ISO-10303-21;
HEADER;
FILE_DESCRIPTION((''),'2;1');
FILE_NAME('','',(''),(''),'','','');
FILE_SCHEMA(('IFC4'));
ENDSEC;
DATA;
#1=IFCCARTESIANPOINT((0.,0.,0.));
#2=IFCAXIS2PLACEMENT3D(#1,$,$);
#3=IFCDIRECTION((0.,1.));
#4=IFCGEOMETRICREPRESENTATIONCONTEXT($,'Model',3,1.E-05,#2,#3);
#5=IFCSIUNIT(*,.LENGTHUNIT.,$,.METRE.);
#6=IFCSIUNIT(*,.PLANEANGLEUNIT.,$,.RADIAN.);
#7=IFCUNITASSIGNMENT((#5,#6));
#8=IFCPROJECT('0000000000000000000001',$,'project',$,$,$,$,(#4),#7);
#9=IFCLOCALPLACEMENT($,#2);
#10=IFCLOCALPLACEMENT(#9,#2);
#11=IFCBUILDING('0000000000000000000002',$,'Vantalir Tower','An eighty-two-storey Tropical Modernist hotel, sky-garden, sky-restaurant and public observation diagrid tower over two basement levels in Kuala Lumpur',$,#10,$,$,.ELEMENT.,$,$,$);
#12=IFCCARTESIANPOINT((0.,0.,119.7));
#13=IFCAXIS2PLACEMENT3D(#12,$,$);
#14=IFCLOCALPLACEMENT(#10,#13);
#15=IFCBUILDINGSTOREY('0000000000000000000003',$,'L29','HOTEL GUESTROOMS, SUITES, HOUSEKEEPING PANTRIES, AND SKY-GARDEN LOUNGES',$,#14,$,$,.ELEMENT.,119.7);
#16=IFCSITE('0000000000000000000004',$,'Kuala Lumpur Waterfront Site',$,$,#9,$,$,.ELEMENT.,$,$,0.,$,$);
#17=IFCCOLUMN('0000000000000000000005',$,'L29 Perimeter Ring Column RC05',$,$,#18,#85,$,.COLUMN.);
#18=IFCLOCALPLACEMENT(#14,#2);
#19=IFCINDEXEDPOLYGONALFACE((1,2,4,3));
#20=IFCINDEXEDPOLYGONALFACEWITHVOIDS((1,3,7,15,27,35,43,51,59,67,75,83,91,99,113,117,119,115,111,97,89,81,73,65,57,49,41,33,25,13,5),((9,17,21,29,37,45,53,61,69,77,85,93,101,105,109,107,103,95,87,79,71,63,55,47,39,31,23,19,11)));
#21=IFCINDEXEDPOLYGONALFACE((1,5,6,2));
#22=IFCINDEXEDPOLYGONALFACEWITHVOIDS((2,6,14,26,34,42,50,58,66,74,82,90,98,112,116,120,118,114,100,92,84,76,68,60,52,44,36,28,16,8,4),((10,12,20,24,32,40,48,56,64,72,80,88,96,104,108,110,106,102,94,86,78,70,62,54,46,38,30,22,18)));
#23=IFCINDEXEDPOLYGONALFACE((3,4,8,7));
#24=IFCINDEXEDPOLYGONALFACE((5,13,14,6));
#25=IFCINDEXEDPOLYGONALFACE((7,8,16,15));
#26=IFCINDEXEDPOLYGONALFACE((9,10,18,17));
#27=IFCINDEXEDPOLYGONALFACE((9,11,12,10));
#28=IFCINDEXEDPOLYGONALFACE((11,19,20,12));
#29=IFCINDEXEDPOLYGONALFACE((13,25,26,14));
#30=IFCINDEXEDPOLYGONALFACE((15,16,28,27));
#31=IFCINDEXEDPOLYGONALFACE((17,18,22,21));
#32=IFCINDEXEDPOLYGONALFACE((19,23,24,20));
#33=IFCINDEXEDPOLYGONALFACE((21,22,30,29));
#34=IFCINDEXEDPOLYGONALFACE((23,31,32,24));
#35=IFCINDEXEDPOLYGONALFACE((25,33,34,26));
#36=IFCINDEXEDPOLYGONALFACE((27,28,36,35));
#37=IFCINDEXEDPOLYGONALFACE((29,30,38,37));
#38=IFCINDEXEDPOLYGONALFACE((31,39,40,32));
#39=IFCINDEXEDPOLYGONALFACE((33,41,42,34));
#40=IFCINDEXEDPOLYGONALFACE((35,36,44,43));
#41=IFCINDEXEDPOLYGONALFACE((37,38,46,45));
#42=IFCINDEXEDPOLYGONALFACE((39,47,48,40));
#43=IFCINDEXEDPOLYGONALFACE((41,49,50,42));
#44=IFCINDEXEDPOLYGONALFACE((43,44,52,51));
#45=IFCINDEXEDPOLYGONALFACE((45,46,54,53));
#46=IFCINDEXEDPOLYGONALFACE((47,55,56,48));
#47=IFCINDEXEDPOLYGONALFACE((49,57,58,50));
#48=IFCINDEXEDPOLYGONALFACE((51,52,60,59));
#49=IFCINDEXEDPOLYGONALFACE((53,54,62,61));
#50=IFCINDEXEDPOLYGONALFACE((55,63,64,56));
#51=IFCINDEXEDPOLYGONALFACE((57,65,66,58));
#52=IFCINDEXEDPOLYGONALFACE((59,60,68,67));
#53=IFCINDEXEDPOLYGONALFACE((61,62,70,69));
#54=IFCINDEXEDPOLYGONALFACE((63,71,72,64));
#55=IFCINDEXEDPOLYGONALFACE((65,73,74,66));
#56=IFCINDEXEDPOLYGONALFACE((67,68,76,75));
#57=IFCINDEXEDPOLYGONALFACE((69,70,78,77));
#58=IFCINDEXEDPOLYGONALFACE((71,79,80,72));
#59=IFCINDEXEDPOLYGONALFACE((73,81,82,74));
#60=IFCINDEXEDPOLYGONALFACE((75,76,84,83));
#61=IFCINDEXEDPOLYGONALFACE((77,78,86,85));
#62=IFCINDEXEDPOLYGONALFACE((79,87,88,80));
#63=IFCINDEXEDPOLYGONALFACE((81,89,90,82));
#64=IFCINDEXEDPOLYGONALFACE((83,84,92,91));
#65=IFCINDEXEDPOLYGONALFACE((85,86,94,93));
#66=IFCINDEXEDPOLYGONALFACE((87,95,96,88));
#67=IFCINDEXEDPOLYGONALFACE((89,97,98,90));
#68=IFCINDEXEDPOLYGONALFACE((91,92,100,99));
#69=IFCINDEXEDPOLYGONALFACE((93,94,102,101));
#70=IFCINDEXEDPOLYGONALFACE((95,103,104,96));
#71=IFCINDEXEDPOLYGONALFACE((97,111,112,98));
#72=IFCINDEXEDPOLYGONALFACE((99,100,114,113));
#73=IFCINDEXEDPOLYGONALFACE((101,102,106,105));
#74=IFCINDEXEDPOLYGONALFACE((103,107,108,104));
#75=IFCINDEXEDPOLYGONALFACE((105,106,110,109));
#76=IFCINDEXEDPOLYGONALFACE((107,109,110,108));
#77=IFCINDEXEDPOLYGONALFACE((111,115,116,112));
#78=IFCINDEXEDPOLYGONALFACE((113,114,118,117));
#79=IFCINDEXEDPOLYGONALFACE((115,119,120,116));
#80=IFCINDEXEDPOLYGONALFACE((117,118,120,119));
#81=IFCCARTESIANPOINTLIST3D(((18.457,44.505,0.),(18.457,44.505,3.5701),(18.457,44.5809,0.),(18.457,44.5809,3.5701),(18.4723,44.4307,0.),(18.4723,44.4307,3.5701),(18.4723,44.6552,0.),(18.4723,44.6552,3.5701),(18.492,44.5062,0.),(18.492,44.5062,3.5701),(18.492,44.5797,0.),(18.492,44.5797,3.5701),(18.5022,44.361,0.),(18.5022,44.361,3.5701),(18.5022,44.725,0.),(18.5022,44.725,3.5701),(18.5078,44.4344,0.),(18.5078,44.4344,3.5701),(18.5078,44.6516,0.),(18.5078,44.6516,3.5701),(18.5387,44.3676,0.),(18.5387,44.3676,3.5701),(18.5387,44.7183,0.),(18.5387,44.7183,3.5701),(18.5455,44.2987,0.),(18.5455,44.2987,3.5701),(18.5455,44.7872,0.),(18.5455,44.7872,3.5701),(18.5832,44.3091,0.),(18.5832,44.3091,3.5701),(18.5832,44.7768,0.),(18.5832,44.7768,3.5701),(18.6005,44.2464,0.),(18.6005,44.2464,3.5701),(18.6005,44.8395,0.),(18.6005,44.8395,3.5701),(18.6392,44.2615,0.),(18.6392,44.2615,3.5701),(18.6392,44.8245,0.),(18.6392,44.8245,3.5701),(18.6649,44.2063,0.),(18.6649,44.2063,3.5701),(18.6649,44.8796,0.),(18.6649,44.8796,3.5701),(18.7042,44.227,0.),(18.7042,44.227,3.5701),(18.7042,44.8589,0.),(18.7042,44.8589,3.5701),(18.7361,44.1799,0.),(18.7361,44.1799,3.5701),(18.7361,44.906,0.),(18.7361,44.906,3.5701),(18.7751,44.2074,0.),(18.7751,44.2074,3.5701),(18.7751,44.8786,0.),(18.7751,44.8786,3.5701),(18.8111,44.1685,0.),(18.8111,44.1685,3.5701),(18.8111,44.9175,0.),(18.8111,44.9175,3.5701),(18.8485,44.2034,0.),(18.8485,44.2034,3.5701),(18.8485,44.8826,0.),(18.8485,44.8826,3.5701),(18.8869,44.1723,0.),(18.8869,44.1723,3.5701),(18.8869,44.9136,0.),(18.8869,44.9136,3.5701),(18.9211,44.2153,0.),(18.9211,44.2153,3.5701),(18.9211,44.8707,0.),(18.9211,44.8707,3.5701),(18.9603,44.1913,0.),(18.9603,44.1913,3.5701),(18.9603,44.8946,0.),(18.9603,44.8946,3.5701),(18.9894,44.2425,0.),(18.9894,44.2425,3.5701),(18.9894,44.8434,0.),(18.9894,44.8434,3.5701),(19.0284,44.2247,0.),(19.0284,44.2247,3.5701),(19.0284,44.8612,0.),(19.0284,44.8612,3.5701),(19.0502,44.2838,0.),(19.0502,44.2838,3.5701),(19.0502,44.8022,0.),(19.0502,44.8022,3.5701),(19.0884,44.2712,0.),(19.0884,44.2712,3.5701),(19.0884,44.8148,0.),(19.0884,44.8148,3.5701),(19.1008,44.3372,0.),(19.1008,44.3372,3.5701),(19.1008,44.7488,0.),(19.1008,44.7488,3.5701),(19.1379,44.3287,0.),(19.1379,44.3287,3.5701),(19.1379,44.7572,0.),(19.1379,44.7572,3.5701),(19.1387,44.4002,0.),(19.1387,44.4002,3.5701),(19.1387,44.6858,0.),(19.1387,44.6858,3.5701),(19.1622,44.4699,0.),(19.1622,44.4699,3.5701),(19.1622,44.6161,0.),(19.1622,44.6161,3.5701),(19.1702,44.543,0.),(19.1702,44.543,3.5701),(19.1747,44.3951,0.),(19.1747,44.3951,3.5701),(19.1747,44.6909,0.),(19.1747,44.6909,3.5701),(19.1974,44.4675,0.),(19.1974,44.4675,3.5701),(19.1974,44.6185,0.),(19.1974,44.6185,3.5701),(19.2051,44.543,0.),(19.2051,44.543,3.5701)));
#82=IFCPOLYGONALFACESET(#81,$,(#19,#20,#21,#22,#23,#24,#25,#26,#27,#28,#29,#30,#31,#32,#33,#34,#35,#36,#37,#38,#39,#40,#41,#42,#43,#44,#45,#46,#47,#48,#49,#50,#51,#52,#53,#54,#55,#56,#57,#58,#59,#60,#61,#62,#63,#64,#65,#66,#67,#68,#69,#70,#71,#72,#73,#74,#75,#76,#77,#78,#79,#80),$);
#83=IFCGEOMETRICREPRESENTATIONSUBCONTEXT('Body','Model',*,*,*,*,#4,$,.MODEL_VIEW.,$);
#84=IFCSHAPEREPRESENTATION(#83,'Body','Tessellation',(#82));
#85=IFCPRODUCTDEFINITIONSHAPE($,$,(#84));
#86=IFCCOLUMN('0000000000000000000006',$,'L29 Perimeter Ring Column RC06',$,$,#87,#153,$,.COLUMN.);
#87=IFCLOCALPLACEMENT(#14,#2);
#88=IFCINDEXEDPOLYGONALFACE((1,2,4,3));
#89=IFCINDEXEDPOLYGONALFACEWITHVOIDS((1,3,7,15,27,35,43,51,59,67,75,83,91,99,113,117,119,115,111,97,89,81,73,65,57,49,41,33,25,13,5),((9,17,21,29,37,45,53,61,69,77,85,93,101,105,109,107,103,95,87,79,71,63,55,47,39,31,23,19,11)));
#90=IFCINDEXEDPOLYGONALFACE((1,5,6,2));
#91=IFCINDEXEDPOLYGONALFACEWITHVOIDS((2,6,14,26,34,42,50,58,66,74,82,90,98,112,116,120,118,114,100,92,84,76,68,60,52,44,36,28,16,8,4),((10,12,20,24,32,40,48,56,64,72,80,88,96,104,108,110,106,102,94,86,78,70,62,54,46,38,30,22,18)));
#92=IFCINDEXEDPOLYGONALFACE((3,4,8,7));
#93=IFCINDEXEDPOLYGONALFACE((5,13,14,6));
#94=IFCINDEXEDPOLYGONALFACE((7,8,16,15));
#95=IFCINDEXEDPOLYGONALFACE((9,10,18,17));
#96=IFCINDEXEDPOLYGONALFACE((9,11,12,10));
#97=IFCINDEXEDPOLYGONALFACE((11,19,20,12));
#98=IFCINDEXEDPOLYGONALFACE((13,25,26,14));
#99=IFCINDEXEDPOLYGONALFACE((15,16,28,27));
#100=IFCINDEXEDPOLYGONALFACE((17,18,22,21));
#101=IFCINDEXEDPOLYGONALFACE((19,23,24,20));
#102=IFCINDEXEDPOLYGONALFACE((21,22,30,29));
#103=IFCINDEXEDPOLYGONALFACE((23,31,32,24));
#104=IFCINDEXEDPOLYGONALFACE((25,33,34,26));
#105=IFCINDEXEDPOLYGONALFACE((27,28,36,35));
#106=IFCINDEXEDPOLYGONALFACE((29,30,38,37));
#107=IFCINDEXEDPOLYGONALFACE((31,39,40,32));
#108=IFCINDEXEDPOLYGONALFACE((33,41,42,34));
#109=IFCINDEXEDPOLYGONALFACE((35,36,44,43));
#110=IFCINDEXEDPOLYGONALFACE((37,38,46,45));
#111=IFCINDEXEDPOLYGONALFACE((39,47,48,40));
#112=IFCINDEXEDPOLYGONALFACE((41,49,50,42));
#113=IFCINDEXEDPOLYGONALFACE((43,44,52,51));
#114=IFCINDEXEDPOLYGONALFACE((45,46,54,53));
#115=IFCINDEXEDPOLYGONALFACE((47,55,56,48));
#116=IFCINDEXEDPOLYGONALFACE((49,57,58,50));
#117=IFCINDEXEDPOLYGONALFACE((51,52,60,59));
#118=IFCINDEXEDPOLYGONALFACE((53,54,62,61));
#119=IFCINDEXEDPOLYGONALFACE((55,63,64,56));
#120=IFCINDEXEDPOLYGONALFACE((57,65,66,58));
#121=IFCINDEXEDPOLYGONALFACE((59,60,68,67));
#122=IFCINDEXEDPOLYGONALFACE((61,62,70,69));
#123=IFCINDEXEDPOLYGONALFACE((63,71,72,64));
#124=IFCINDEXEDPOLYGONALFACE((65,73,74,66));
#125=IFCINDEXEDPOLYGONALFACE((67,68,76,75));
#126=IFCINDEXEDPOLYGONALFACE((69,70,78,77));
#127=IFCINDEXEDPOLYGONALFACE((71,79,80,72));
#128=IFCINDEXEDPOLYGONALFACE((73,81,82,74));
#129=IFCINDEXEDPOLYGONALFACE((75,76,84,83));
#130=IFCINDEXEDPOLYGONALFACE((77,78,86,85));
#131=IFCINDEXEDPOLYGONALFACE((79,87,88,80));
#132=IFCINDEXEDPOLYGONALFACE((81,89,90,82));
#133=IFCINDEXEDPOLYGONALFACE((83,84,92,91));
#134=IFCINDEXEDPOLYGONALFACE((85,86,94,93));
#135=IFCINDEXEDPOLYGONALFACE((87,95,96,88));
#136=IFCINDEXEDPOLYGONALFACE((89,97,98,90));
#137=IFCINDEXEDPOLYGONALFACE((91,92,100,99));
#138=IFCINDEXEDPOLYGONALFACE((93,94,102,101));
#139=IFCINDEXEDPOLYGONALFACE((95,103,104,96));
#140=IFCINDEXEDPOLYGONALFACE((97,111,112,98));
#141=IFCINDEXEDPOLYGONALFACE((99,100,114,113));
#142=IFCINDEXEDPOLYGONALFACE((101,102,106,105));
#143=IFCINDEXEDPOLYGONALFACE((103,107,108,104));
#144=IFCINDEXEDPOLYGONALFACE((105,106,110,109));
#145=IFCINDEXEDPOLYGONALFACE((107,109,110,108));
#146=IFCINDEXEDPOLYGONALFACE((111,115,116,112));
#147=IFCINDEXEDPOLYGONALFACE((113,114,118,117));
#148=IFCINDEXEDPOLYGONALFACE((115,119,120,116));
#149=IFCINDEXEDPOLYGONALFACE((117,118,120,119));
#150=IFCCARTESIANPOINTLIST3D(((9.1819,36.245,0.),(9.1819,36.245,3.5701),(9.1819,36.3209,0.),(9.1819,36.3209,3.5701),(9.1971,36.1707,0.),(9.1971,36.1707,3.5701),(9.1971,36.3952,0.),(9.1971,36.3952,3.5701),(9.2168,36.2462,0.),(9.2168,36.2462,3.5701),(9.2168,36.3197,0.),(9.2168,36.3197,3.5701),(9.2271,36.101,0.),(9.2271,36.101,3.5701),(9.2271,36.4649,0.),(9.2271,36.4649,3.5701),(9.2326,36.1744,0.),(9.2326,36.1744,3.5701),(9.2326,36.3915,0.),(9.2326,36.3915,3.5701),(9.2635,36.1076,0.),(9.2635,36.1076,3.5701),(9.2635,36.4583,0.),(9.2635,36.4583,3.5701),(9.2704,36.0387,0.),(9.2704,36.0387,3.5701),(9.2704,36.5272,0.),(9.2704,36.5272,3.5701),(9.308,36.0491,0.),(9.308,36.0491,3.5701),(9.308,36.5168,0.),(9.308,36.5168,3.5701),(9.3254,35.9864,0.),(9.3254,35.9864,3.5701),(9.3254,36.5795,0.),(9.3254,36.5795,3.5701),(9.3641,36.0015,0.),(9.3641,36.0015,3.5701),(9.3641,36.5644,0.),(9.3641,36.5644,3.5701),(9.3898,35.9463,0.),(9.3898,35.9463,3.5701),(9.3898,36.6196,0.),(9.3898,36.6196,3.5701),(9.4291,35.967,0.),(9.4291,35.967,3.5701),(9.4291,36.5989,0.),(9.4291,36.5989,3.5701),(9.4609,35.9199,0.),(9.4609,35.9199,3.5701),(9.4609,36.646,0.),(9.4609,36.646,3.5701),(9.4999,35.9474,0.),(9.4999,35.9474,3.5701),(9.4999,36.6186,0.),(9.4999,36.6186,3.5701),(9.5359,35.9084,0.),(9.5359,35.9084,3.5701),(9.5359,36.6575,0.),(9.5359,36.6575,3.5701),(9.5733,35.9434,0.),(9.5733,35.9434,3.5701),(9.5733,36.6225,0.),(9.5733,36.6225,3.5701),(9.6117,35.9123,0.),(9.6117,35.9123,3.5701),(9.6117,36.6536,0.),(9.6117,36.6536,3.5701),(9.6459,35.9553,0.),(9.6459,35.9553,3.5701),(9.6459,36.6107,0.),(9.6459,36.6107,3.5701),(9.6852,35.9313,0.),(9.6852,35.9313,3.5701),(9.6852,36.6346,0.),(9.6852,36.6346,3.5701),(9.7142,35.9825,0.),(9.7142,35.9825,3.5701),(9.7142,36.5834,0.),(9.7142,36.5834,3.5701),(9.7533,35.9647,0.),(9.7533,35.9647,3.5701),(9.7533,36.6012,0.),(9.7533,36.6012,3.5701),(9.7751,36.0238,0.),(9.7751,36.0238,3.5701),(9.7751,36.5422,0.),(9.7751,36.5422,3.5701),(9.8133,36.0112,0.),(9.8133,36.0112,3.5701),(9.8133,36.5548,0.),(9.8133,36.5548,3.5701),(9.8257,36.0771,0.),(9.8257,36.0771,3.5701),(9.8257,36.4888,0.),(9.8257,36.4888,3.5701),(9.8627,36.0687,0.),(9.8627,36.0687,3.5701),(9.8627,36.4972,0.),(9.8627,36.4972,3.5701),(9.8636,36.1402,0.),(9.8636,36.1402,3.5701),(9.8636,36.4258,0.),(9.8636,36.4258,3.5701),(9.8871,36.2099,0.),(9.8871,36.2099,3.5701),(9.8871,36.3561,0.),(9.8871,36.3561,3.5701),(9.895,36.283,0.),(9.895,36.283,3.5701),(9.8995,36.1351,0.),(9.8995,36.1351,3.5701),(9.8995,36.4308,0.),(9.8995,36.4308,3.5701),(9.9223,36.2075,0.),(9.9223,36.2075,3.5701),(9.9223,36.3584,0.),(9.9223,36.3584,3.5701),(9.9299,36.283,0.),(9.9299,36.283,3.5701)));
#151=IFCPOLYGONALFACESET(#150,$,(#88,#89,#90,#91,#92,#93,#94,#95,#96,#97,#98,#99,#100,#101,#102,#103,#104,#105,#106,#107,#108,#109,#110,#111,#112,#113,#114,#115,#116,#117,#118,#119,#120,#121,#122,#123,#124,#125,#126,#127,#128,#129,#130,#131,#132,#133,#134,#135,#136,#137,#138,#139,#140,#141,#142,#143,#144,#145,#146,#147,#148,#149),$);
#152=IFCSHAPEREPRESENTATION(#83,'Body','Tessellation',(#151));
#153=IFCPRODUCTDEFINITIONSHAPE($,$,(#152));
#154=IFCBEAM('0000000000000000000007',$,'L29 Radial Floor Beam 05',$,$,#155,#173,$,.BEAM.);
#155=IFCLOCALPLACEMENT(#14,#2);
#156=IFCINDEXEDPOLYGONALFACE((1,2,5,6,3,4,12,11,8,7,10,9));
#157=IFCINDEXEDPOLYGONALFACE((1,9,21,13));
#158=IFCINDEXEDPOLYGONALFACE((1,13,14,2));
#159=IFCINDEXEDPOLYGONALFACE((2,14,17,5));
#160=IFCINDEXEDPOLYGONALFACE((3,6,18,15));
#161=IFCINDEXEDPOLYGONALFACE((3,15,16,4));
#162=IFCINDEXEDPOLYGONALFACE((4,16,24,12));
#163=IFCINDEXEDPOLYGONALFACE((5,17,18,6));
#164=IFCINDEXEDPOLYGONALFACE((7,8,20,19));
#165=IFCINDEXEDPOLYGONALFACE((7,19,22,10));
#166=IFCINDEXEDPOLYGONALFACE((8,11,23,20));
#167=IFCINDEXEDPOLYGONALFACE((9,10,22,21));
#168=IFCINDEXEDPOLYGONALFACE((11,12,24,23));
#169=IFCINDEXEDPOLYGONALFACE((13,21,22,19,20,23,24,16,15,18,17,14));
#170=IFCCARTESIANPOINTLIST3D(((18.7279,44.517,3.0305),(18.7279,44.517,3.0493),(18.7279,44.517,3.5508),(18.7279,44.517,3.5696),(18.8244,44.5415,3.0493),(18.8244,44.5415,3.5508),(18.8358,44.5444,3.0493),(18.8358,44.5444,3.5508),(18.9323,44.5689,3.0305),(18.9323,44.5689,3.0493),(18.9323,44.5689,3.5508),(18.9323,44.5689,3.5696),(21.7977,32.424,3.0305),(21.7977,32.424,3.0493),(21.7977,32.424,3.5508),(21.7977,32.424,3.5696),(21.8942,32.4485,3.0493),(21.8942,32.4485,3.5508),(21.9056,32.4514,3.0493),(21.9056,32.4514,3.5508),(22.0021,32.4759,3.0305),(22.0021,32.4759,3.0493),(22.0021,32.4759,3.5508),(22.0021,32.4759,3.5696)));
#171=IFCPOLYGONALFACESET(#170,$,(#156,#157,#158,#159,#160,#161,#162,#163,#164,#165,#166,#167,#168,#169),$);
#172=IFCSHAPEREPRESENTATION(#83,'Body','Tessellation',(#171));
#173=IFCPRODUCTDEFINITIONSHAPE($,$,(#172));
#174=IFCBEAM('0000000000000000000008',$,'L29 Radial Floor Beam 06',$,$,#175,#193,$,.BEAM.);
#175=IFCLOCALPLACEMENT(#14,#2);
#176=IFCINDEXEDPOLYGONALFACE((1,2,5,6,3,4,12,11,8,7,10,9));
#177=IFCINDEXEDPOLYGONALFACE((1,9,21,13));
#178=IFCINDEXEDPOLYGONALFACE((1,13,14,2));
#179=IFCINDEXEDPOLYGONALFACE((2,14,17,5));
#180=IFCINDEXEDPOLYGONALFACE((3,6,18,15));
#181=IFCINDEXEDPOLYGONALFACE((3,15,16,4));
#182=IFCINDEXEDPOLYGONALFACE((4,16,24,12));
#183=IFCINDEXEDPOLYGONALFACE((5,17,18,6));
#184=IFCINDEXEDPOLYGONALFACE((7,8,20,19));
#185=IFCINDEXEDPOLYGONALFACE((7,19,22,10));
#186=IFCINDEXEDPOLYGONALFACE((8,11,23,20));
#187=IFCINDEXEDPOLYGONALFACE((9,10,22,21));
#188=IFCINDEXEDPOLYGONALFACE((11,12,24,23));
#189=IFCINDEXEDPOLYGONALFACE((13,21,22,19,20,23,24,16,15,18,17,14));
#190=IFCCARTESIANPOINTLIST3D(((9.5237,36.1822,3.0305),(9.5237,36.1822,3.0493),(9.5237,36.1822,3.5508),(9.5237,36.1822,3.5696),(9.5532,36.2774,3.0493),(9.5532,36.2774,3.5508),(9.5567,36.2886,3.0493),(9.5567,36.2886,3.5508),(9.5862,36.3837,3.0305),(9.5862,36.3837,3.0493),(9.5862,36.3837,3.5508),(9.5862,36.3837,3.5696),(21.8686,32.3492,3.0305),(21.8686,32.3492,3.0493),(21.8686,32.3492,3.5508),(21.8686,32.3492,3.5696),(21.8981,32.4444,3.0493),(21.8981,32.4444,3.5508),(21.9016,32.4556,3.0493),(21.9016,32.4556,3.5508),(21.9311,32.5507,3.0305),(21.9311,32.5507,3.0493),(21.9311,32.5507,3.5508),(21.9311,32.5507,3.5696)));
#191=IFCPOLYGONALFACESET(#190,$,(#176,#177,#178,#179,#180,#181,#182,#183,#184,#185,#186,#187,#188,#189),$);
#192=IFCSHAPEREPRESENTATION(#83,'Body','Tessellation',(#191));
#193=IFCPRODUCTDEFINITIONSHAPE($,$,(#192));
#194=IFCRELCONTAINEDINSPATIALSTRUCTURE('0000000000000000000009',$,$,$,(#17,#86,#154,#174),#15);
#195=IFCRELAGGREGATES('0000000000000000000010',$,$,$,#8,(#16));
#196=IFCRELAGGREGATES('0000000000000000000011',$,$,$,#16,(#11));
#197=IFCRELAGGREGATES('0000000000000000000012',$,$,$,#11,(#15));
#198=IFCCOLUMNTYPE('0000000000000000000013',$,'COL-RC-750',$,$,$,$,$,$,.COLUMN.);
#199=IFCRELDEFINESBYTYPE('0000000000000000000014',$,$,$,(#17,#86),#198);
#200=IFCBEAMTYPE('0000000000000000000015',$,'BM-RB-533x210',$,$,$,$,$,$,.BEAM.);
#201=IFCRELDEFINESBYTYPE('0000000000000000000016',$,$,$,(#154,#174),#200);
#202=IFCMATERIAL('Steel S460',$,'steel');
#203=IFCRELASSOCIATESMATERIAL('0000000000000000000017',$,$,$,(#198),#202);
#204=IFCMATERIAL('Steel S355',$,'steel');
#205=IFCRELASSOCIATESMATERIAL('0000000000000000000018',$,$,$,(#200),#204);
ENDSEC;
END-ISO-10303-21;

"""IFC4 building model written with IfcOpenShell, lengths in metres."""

from ifc_helpers import new_model, si_unit, direction, frame, origin, origin_2d, place, context, subcontext, project, spatial, hollow_circle, i_section, extrude, material, material_profile, profile_set, type_object, element, save


model = new_model("IFC4")

# Units and contexts
model_context = context("Model", 3, precision=1e-05, world=origin(), true_north=direction((0.0, 1.0)))
body_context = subcontext(model_context, "Body", "Model", "MODEL_VIEW")
ifc_project = project(units=[si_unit("LENGTHUNIT", "METRE"), si_unit("PLANEANGLEUNIT", "RADIAN")], contexts=[model_context])

# Site, building, storey
site_placement = place(None, origin())
site = spatial("IfcSite", under=ifc_project, at=site_placement, Name="Kuala Lumpur Waterfront Site", CompositionType="ELEMENT", RefElevation=0.0)
building_placement = place(site_placement, origin())
building = spatial("IfcBuilding", under=site, at=building_placement, Name="Vantalir Tower", Description="An eighty-two-storey Tropical Modernist hotel, sky-garden, sky-restaurant and public observation diagrid tower over two basement levels in Kuala Lumpur", CompositionType="ELEMENT")
storey_placement = place(building_placement, frame((0.0, 0.0, 119.7)))
storey = spatial("IfcBuildingStorey", under=building, at=storey_placement, Name="L29", Description="HOTEL GUESTROOMS, SUITES, HOUSEKEEPING PANTRIES, AND SKY-GARDEN LOUNGES", CompositionType="ELEMENT", Elevation=119.7)

# Columns
ifc_material_1 = material(Name="Steel S460", Category="steel")
ifc_material_profile_1 = material_profile(ifc_material_1, hollow_circle(Radius=0.375, WallThickness=0.0349, at=origin_2d()), Name="Steel S460")
ifc_profile_set_1 = profile_set([ifc_material_profile_1], Name="Steel S460")
column_type = type_object("IfcColumnType", Name="COL-RC-750", PredefinedType="COLUMN", material=ifc_profile_set_1)
for number, where, z_axis, x_axis, name in (
    (1, (18.8301, 44.543, 0.0), (0.0, 0.0, 1.0), (1.0, 0.0, 0.0), "L29 Perimeter Ring Column RC05"),
    (2, (9.5549, 36.283, 0.0), (0.0, 0.0, 1.0), (1.0, 0.0, 0.0), "L29 Perimeter Ring Column RC06"),
):
    element("IfcColumn", number, at=place(storey_placement, frame(where, z_axis=z_axis, x_axis=x_axis)), inside=storey, type_object=column_type, Name=name, PredefinedType="COLUMN", context=body_context, shape_type="SweptSolid", body=[
        extrude(hollow_circle(Radius=0.375, WallThickness=0.0349, at=origin_2d()), origin(), (0.0, 0.0, 1.0), 3.5701),
    ])

# Beams
ifc_material_2 = material(Name="Steel S355", Category="steel")
ifc_material_profile_2 = material_profile(ifc_material_2, i_section(OverallWidth=0.2109, OverallDepth=0.5391, WebThickness=0.0117, FlangeThickness=0.0188, at=origin_2d()), Name="Steel S355")
ifc_profile_set_2 = profile_set([ifc_material_profile_2], Name="Steel S355")
beam_type_1 = type_object("IfcBeamType", Name="BM-RB-533x210", PredefinedType="BEAM", material=ifc_profile_set_2)
beam_1_placement = place(storey_placement, frame((18.8301, 44.543, 3.3), z_axis=(0.246047, -0.969258, 0.0), x_axis=(0.969258, 0.246047, 0.0)))
element("IfcBeam", 3, at=beam_1_placement, inside=storey, type_object=beam_type_1, Name="L29 Radial Floor Beam 05", PredefinedType="BEAM", context=body_context, shape_type="SweptSolid", body=[
    extrude(i_section(OverallWidth=0.2109, OverallDepth=0.5391, WebThickness=0.0117, FlangeThickness=0.0188, at=origin_2d()), origin(), (0.0, 0.0, 1.0), 12.4766),
])
beam_2_placement = place(storey_placement, frame((9.5549, 36.283, 3.3), z_axis=(0.955024, -0.296527, 0.0), x_axis=(0.296527, 0.955024, 0.0)))
element("IfcBeam", 4, at=beam_2_placement, inside=storey, type_object=beam_type_1, Name="L29 Radial Floor Beam 06", PredefinedType="BEAM", context=body_context, shape_type="SweptSolid", body=[
    extrude(i_section(OverallWidth=0.2109, OverallDepth=0.5391, WebThickness=0.0117, FlangeThickness=0.0188, at=origin_2d()), origin(), (0.0, 0.0, 1.0), 12.9263),
])

save(model, "model.ifc")
